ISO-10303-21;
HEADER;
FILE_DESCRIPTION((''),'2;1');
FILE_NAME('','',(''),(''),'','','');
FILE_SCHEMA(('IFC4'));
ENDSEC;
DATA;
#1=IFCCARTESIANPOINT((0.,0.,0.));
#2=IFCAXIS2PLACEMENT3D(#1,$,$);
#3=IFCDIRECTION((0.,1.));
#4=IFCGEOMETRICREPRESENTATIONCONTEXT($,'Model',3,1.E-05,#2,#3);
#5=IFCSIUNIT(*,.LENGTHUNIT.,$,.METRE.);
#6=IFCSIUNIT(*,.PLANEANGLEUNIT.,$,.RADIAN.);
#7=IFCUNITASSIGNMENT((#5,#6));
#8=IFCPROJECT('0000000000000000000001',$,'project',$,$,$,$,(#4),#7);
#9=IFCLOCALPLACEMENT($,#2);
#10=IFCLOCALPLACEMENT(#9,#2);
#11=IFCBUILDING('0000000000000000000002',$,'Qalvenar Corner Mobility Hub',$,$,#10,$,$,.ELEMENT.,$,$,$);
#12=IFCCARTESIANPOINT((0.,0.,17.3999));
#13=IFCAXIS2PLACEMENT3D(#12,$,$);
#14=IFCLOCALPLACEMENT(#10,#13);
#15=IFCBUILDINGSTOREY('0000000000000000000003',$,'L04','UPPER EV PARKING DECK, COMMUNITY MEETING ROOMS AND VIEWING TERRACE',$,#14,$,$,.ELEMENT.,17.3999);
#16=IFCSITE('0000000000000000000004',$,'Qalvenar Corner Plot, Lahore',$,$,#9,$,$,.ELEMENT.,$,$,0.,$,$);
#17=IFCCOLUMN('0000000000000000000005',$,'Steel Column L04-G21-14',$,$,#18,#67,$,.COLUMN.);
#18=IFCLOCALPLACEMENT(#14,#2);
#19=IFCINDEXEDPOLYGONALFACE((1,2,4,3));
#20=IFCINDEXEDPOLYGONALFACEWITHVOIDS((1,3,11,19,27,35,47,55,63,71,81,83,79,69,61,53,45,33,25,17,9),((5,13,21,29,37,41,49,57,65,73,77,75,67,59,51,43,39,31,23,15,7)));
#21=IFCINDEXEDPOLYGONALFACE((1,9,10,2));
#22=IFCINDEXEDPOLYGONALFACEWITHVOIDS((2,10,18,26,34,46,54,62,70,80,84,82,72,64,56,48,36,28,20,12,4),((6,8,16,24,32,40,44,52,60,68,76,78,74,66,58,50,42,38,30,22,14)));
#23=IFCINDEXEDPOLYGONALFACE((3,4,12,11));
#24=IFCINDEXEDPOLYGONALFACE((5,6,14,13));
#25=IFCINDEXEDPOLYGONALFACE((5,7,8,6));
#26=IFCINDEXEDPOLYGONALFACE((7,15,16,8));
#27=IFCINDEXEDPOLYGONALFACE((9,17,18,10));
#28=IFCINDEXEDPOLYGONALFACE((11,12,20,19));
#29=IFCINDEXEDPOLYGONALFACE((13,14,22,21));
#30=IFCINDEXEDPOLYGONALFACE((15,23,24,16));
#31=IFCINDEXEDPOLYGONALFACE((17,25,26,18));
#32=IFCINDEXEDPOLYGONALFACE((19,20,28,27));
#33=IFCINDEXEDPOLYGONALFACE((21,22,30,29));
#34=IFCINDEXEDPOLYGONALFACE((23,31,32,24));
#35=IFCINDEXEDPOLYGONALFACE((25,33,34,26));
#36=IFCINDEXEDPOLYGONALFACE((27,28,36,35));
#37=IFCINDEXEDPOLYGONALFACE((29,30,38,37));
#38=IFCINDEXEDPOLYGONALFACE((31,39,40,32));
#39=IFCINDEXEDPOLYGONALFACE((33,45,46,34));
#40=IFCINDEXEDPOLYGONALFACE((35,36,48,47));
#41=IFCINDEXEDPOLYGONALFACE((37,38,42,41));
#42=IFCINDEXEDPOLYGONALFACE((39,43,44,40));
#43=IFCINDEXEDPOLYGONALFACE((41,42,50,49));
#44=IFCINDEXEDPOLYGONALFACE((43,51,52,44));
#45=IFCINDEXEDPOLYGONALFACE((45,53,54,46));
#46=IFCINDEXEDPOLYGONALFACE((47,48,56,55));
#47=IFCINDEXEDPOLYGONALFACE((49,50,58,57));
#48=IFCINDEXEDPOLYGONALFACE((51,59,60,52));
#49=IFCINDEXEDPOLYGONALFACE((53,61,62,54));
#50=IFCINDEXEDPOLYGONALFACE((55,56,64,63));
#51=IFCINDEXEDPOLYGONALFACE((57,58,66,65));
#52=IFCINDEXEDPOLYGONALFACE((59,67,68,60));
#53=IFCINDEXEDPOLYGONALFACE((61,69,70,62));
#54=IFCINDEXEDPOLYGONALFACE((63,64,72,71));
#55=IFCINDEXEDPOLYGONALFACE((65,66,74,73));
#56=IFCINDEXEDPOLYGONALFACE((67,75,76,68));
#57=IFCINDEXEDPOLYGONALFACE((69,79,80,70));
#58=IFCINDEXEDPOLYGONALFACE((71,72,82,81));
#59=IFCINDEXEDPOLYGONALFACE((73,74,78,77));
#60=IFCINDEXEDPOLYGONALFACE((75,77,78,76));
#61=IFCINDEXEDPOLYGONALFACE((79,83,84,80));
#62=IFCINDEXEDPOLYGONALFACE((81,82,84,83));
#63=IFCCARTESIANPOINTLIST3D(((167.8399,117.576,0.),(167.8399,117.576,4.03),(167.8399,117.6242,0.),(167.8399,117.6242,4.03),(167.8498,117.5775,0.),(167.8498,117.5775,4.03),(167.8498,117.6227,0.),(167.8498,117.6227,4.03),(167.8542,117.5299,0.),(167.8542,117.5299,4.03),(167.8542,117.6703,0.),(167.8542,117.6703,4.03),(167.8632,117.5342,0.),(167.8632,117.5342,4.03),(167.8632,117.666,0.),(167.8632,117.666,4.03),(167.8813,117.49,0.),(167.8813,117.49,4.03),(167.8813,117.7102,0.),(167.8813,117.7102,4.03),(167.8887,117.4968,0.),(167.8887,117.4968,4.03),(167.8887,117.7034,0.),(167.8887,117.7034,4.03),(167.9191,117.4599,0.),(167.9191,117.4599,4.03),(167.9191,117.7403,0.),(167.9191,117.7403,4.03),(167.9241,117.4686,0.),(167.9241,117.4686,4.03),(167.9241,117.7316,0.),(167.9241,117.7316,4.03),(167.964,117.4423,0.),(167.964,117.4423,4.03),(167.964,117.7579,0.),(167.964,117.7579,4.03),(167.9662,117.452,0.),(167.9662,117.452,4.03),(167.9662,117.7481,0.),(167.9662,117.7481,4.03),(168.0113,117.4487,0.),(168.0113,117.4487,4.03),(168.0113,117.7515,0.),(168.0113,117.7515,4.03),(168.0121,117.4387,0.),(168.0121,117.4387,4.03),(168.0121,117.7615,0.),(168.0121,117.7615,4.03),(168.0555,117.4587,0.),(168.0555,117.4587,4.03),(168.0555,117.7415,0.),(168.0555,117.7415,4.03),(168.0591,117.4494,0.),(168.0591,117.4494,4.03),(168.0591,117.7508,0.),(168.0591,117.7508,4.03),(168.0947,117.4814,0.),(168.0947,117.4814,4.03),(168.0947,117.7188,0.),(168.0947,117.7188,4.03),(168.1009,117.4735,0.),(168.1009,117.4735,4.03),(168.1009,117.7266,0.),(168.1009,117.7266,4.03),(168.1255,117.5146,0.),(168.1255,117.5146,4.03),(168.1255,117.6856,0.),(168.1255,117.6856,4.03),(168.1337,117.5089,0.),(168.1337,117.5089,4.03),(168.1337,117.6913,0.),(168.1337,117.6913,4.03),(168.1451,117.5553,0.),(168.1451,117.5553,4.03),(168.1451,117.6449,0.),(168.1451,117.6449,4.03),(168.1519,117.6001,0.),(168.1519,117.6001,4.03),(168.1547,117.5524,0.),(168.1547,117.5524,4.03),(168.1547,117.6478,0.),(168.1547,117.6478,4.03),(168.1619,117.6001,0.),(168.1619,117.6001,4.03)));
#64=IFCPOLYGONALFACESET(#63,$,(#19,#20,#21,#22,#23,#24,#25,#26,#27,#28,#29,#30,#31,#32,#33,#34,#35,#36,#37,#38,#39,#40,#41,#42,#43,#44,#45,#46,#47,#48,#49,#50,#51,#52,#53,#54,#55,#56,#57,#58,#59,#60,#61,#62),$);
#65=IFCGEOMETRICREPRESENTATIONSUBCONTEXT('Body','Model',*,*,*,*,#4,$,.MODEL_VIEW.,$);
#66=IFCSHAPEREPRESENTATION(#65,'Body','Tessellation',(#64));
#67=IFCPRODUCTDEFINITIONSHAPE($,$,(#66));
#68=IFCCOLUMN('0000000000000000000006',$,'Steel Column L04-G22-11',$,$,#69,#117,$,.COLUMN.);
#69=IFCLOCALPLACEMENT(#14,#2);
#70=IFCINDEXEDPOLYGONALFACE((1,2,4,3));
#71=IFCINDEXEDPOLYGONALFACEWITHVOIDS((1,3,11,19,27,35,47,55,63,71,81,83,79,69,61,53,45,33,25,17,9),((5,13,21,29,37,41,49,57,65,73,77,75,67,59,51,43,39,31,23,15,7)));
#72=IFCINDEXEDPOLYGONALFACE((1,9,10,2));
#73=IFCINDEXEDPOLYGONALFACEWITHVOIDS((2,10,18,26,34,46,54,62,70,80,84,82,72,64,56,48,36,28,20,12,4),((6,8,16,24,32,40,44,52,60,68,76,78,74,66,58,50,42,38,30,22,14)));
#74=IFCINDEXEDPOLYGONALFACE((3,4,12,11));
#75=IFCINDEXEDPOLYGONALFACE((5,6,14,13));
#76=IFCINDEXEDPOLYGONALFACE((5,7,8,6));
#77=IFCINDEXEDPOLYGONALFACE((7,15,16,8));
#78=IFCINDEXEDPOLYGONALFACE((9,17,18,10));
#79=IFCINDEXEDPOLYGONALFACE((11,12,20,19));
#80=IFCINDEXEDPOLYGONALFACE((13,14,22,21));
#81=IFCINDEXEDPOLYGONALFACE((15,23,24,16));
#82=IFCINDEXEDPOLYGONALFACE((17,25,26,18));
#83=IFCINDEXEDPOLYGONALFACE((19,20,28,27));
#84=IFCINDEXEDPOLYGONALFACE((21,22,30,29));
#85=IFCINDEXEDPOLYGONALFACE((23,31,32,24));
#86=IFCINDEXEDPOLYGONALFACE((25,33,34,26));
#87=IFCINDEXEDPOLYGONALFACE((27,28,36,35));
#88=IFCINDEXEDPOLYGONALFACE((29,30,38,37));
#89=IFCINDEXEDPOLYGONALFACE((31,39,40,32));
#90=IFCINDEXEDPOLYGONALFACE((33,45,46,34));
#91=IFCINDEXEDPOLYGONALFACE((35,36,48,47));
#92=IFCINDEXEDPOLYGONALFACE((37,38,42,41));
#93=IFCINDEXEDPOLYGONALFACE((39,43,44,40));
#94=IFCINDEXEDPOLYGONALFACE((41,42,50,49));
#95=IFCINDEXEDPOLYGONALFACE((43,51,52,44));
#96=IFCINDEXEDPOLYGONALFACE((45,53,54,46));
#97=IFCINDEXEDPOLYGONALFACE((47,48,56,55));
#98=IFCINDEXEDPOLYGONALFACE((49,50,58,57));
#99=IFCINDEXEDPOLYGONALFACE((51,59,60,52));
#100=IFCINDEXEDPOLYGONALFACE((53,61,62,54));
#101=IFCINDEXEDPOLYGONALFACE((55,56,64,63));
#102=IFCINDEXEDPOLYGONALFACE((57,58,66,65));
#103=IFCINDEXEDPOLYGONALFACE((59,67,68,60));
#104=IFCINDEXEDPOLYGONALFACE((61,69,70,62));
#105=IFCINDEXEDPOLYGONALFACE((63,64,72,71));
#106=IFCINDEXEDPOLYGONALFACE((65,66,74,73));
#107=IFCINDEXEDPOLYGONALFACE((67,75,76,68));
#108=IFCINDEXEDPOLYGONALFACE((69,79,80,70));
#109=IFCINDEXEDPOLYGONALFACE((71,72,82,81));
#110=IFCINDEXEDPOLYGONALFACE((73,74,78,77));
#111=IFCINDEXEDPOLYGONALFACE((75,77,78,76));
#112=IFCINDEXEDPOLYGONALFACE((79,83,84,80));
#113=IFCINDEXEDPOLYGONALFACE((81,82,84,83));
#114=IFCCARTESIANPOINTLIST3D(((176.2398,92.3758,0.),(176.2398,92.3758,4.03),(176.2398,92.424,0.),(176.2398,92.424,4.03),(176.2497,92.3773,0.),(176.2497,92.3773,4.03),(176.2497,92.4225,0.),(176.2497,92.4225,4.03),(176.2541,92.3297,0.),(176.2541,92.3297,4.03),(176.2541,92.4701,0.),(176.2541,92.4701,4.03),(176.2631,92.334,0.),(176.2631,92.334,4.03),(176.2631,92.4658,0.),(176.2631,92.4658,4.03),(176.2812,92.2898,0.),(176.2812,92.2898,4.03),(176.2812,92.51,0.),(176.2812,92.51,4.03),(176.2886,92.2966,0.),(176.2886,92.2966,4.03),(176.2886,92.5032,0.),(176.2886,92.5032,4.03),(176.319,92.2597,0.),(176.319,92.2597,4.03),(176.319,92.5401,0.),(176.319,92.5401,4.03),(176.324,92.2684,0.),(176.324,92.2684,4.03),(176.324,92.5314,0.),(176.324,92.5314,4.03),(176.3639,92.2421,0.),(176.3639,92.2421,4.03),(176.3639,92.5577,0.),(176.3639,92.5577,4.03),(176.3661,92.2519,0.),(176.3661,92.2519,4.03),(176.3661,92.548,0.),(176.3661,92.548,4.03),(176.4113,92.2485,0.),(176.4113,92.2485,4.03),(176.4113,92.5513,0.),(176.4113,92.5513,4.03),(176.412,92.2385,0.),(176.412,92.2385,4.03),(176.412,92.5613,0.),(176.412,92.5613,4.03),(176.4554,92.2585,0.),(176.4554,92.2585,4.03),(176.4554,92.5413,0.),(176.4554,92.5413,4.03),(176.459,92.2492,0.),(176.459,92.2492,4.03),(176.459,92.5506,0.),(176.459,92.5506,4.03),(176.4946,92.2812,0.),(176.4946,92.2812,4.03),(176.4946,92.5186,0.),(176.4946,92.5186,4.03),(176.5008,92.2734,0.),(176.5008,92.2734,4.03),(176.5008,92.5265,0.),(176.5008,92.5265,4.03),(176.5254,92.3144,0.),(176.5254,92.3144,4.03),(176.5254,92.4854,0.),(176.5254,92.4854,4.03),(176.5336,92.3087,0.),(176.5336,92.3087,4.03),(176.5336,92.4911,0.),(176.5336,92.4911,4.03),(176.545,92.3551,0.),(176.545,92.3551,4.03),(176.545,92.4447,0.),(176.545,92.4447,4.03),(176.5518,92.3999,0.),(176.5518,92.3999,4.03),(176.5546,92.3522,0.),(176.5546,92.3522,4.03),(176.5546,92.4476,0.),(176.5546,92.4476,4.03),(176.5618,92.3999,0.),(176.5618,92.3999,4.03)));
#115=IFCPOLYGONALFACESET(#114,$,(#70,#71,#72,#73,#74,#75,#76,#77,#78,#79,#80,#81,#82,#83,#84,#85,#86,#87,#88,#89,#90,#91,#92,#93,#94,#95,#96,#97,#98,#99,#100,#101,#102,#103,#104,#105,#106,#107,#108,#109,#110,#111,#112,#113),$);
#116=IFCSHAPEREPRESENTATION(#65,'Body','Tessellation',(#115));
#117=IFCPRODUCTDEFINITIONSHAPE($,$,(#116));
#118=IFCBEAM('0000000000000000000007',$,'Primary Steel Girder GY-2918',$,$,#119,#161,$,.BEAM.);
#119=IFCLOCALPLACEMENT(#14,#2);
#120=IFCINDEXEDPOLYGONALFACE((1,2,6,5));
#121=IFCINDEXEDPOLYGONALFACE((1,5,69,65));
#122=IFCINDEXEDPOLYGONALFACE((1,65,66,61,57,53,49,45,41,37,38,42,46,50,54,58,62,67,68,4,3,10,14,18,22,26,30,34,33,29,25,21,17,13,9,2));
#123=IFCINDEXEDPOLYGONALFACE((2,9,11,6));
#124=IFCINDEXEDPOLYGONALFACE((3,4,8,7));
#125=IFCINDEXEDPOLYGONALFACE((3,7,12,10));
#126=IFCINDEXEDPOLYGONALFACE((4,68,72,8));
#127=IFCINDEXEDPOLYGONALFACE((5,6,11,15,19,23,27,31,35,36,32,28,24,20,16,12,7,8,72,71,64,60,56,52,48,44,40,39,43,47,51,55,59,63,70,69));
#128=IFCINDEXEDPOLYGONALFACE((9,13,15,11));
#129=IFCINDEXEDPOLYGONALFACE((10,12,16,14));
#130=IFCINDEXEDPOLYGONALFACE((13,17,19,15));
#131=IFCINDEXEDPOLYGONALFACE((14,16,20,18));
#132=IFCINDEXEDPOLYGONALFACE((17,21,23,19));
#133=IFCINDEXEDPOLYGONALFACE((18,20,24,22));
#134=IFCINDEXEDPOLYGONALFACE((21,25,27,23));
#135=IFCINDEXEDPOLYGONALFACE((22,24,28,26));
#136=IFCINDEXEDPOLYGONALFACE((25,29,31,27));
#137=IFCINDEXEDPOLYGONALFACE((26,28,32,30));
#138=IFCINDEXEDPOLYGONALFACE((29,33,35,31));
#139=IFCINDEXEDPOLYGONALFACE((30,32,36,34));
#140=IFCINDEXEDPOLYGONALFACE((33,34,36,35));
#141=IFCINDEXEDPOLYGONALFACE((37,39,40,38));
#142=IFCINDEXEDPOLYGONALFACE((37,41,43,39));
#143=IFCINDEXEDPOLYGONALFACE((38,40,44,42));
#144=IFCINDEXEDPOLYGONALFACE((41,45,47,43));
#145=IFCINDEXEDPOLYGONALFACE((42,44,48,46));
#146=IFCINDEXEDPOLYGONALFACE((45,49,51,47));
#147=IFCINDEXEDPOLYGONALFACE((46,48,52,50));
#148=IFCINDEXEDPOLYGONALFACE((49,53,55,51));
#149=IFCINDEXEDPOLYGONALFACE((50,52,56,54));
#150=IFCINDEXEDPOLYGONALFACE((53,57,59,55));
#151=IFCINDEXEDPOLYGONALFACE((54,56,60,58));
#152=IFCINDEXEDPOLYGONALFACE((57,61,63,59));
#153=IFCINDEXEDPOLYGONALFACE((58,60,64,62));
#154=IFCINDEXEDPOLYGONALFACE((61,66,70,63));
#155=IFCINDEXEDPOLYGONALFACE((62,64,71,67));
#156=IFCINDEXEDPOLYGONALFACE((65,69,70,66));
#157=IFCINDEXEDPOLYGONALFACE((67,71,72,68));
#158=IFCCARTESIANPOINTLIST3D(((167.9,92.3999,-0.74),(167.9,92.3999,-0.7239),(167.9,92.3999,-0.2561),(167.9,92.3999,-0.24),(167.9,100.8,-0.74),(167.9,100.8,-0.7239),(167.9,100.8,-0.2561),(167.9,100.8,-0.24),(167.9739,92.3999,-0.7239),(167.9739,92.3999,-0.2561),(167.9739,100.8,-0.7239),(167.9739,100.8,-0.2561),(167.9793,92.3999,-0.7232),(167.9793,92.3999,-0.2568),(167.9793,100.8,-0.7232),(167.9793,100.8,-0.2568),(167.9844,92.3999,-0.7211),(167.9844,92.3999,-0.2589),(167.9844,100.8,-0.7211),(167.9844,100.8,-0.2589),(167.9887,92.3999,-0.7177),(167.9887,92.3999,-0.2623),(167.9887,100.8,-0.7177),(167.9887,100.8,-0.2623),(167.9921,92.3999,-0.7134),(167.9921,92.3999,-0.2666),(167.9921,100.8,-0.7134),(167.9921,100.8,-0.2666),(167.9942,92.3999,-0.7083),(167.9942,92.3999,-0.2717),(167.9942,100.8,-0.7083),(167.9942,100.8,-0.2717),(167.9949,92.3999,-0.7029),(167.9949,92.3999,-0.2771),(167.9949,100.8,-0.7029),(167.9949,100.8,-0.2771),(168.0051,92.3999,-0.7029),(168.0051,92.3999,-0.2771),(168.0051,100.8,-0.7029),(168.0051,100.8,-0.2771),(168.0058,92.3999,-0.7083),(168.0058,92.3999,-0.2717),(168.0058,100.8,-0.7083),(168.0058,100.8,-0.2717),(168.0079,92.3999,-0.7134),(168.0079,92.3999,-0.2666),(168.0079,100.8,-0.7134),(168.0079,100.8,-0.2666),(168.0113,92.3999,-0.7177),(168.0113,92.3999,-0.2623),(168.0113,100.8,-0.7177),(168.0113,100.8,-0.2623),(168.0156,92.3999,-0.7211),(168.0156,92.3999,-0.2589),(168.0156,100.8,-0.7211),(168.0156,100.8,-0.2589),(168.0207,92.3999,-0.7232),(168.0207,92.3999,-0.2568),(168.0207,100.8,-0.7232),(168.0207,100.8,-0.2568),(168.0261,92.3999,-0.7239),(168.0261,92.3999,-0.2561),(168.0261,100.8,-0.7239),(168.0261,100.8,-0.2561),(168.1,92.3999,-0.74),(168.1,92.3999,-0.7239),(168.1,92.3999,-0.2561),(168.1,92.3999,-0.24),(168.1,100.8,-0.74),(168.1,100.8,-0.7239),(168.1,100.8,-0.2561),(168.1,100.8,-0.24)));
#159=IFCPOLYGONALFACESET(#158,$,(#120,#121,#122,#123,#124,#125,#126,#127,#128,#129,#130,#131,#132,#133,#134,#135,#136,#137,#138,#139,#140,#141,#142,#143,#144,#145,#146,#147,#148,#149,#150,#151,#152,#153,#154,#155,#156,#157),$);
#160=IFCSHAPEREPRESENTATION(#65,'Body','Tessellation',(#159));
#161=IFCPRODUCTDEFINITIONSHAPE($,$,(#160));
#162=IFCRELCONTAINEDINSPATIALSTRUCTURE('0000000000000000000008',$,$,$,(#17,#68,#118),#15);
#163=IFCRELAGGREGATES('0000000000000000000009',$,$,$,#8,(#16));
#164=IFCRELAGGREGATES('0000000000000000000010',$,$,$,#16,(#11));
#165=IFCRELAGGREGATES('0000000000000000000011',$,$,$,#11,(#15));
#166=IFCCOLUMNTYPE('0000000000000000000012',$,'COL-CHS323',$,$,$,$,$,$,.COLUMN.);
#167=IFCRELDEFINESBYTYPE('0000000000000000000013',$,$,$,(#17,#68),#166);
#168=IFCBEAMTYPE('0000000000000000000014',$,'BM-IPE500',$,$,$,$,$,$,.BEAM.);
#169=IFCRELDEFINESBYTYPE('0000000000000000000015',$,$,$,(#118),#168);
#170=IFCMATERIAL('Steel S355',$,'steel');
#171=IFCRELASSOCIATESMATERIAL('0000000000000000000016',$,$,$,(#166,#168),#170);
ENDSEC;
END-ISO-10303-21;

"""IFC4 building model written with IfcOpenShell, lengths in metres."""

from ifc_helpers import new_model, si_unit, direction, frame, origin, origin_2d, place, context, subcontext, project, spatial, hollow_circle, i_section, extrude, material, material_profile, profile_set, type_object, element, save


model = new_model("IFC4")

# Units and contexts
model_context = context("Model", 3, precision=1e-05, world=origin(), true_north=direction((0.0, 1.0)))
body_context = subcontext(model_context, "Body", "Model", "MODEL_VIEW")
ifc_project = project(units=[si_unit("LENGTHUNIT", "METRE"), si_unit("PLANEANGLEUNIT", "RADIAN")], contexts=[model_context])

# Site, building, storey
site_placement = place(None, origin())
site = spatial("IfcSite", under=ifc_project, at=site_placement, Name="Qalvenar Corner Plot, Lahore", CompositionType="ELEMENT", RefElevation=0.0)
building_placement = place(site_placement, origin())
building = spatial("IfcBuilding", under=site, at=building_placement, Name="Qalvenar Corner Mobility Hub", CompositionType="ELEMENT")
storey_placement = place(building_placement, frame((0.0, 0.0, 17.3999)))
storey = spatial("IfcBuildingStorey", under=building, at=storey_placement, Name="L04", Description="UPPER EV PARKING DECK, COMMUNITY MEETING ROOMS AND VIEWING TERRACE", CompositionType="ELEMENT", Elevation=17.3999)

# Columns
ifc_material_1 = material(Name="Steel S355", Category="steel")
ifc_material_profile_1 = material_profile(ifc_material_1, hollow_circle(Radius=0.1619, WallThickness=0.01, at=origin_2d()), Name="CHS323.9x10")
ifc_profile_set_1 = profile_set([ifc_material_profile_1], Name="Steel S355")
column_type = type_object("IfcColumnType", Name="COL-CHS323", PredefinedType="COLUMN", material=ifc_profile_set_1)
for number, where, z_axis, x_axis, name in (
    (1, (168.0, 117.6001, 0.0), (0.0, 0.0, 1.0), (1.0, 0.0, 0.0), "Steel Column L04-G21-14"),
    (2, (176.3999, 92.3999, 0.0), (0.0, 0.0, 1.0), (1.0, 0.0, 0.0), "Steel Column L04-G22-11"),
):
    element("IfcColumn", number, at=place(storey_placement, frame(where, z_axis=z_axis, x_axis=x_axis)), inside=storey, type_object=column_type, Name=name, PredefinedType="COLUMN", context=body_context, shape_type="SweptSolid", body=[
        extrude(hollow_circle(Radius=0.1619, WallThickness=0.01, at=origin_2d()), origin(), (0.0, 0.0, 1.0), 4.03),
    ])

# Beam
ifc_material_profile_2 = material_profile(ifc_material_1, i_section(OverallWidth=0.2, OverallDepth=0.5, WebThickness=0.0103, FlangeThickness=0.0161, FilletRadius=0.021, at=origin_2d()), Name="IPE500")
ifc_profile_set_2 = profile_set([ifc_material_profile_2], Name="Steel S355")
beam_type_1 = type_object("IfcBeamType", Name="BM-IPE500", PredefinedType="BEAM", material=ifc_profile_set_2)
beam_1_placement = place(storey_placement, frame((168.0, 92.3999, -0.49), z_axis=(0.0, 1.0, 0.0), x_axis=(-1.0, 0.0, 0.0)))
element("IfcBeam", 3, at=beam_1_placement, inside=storey, type_object=beam_type_1, Name="Primary Steel Girder GY-2918", PredefinedType="BEAM", context=body_context, shape_type="SweptSolid", body=[
    extrude(i_section(OverallWidth=0.2, OverallDepth=0.5, WebThickness=0.0103, FlangeThickness=0.0161, FilletRadius=0.021, at=origin_2d()), origin(), (0.0, 0.0, 1.0), 8.4001),
])

save(model, "model.ifc")
